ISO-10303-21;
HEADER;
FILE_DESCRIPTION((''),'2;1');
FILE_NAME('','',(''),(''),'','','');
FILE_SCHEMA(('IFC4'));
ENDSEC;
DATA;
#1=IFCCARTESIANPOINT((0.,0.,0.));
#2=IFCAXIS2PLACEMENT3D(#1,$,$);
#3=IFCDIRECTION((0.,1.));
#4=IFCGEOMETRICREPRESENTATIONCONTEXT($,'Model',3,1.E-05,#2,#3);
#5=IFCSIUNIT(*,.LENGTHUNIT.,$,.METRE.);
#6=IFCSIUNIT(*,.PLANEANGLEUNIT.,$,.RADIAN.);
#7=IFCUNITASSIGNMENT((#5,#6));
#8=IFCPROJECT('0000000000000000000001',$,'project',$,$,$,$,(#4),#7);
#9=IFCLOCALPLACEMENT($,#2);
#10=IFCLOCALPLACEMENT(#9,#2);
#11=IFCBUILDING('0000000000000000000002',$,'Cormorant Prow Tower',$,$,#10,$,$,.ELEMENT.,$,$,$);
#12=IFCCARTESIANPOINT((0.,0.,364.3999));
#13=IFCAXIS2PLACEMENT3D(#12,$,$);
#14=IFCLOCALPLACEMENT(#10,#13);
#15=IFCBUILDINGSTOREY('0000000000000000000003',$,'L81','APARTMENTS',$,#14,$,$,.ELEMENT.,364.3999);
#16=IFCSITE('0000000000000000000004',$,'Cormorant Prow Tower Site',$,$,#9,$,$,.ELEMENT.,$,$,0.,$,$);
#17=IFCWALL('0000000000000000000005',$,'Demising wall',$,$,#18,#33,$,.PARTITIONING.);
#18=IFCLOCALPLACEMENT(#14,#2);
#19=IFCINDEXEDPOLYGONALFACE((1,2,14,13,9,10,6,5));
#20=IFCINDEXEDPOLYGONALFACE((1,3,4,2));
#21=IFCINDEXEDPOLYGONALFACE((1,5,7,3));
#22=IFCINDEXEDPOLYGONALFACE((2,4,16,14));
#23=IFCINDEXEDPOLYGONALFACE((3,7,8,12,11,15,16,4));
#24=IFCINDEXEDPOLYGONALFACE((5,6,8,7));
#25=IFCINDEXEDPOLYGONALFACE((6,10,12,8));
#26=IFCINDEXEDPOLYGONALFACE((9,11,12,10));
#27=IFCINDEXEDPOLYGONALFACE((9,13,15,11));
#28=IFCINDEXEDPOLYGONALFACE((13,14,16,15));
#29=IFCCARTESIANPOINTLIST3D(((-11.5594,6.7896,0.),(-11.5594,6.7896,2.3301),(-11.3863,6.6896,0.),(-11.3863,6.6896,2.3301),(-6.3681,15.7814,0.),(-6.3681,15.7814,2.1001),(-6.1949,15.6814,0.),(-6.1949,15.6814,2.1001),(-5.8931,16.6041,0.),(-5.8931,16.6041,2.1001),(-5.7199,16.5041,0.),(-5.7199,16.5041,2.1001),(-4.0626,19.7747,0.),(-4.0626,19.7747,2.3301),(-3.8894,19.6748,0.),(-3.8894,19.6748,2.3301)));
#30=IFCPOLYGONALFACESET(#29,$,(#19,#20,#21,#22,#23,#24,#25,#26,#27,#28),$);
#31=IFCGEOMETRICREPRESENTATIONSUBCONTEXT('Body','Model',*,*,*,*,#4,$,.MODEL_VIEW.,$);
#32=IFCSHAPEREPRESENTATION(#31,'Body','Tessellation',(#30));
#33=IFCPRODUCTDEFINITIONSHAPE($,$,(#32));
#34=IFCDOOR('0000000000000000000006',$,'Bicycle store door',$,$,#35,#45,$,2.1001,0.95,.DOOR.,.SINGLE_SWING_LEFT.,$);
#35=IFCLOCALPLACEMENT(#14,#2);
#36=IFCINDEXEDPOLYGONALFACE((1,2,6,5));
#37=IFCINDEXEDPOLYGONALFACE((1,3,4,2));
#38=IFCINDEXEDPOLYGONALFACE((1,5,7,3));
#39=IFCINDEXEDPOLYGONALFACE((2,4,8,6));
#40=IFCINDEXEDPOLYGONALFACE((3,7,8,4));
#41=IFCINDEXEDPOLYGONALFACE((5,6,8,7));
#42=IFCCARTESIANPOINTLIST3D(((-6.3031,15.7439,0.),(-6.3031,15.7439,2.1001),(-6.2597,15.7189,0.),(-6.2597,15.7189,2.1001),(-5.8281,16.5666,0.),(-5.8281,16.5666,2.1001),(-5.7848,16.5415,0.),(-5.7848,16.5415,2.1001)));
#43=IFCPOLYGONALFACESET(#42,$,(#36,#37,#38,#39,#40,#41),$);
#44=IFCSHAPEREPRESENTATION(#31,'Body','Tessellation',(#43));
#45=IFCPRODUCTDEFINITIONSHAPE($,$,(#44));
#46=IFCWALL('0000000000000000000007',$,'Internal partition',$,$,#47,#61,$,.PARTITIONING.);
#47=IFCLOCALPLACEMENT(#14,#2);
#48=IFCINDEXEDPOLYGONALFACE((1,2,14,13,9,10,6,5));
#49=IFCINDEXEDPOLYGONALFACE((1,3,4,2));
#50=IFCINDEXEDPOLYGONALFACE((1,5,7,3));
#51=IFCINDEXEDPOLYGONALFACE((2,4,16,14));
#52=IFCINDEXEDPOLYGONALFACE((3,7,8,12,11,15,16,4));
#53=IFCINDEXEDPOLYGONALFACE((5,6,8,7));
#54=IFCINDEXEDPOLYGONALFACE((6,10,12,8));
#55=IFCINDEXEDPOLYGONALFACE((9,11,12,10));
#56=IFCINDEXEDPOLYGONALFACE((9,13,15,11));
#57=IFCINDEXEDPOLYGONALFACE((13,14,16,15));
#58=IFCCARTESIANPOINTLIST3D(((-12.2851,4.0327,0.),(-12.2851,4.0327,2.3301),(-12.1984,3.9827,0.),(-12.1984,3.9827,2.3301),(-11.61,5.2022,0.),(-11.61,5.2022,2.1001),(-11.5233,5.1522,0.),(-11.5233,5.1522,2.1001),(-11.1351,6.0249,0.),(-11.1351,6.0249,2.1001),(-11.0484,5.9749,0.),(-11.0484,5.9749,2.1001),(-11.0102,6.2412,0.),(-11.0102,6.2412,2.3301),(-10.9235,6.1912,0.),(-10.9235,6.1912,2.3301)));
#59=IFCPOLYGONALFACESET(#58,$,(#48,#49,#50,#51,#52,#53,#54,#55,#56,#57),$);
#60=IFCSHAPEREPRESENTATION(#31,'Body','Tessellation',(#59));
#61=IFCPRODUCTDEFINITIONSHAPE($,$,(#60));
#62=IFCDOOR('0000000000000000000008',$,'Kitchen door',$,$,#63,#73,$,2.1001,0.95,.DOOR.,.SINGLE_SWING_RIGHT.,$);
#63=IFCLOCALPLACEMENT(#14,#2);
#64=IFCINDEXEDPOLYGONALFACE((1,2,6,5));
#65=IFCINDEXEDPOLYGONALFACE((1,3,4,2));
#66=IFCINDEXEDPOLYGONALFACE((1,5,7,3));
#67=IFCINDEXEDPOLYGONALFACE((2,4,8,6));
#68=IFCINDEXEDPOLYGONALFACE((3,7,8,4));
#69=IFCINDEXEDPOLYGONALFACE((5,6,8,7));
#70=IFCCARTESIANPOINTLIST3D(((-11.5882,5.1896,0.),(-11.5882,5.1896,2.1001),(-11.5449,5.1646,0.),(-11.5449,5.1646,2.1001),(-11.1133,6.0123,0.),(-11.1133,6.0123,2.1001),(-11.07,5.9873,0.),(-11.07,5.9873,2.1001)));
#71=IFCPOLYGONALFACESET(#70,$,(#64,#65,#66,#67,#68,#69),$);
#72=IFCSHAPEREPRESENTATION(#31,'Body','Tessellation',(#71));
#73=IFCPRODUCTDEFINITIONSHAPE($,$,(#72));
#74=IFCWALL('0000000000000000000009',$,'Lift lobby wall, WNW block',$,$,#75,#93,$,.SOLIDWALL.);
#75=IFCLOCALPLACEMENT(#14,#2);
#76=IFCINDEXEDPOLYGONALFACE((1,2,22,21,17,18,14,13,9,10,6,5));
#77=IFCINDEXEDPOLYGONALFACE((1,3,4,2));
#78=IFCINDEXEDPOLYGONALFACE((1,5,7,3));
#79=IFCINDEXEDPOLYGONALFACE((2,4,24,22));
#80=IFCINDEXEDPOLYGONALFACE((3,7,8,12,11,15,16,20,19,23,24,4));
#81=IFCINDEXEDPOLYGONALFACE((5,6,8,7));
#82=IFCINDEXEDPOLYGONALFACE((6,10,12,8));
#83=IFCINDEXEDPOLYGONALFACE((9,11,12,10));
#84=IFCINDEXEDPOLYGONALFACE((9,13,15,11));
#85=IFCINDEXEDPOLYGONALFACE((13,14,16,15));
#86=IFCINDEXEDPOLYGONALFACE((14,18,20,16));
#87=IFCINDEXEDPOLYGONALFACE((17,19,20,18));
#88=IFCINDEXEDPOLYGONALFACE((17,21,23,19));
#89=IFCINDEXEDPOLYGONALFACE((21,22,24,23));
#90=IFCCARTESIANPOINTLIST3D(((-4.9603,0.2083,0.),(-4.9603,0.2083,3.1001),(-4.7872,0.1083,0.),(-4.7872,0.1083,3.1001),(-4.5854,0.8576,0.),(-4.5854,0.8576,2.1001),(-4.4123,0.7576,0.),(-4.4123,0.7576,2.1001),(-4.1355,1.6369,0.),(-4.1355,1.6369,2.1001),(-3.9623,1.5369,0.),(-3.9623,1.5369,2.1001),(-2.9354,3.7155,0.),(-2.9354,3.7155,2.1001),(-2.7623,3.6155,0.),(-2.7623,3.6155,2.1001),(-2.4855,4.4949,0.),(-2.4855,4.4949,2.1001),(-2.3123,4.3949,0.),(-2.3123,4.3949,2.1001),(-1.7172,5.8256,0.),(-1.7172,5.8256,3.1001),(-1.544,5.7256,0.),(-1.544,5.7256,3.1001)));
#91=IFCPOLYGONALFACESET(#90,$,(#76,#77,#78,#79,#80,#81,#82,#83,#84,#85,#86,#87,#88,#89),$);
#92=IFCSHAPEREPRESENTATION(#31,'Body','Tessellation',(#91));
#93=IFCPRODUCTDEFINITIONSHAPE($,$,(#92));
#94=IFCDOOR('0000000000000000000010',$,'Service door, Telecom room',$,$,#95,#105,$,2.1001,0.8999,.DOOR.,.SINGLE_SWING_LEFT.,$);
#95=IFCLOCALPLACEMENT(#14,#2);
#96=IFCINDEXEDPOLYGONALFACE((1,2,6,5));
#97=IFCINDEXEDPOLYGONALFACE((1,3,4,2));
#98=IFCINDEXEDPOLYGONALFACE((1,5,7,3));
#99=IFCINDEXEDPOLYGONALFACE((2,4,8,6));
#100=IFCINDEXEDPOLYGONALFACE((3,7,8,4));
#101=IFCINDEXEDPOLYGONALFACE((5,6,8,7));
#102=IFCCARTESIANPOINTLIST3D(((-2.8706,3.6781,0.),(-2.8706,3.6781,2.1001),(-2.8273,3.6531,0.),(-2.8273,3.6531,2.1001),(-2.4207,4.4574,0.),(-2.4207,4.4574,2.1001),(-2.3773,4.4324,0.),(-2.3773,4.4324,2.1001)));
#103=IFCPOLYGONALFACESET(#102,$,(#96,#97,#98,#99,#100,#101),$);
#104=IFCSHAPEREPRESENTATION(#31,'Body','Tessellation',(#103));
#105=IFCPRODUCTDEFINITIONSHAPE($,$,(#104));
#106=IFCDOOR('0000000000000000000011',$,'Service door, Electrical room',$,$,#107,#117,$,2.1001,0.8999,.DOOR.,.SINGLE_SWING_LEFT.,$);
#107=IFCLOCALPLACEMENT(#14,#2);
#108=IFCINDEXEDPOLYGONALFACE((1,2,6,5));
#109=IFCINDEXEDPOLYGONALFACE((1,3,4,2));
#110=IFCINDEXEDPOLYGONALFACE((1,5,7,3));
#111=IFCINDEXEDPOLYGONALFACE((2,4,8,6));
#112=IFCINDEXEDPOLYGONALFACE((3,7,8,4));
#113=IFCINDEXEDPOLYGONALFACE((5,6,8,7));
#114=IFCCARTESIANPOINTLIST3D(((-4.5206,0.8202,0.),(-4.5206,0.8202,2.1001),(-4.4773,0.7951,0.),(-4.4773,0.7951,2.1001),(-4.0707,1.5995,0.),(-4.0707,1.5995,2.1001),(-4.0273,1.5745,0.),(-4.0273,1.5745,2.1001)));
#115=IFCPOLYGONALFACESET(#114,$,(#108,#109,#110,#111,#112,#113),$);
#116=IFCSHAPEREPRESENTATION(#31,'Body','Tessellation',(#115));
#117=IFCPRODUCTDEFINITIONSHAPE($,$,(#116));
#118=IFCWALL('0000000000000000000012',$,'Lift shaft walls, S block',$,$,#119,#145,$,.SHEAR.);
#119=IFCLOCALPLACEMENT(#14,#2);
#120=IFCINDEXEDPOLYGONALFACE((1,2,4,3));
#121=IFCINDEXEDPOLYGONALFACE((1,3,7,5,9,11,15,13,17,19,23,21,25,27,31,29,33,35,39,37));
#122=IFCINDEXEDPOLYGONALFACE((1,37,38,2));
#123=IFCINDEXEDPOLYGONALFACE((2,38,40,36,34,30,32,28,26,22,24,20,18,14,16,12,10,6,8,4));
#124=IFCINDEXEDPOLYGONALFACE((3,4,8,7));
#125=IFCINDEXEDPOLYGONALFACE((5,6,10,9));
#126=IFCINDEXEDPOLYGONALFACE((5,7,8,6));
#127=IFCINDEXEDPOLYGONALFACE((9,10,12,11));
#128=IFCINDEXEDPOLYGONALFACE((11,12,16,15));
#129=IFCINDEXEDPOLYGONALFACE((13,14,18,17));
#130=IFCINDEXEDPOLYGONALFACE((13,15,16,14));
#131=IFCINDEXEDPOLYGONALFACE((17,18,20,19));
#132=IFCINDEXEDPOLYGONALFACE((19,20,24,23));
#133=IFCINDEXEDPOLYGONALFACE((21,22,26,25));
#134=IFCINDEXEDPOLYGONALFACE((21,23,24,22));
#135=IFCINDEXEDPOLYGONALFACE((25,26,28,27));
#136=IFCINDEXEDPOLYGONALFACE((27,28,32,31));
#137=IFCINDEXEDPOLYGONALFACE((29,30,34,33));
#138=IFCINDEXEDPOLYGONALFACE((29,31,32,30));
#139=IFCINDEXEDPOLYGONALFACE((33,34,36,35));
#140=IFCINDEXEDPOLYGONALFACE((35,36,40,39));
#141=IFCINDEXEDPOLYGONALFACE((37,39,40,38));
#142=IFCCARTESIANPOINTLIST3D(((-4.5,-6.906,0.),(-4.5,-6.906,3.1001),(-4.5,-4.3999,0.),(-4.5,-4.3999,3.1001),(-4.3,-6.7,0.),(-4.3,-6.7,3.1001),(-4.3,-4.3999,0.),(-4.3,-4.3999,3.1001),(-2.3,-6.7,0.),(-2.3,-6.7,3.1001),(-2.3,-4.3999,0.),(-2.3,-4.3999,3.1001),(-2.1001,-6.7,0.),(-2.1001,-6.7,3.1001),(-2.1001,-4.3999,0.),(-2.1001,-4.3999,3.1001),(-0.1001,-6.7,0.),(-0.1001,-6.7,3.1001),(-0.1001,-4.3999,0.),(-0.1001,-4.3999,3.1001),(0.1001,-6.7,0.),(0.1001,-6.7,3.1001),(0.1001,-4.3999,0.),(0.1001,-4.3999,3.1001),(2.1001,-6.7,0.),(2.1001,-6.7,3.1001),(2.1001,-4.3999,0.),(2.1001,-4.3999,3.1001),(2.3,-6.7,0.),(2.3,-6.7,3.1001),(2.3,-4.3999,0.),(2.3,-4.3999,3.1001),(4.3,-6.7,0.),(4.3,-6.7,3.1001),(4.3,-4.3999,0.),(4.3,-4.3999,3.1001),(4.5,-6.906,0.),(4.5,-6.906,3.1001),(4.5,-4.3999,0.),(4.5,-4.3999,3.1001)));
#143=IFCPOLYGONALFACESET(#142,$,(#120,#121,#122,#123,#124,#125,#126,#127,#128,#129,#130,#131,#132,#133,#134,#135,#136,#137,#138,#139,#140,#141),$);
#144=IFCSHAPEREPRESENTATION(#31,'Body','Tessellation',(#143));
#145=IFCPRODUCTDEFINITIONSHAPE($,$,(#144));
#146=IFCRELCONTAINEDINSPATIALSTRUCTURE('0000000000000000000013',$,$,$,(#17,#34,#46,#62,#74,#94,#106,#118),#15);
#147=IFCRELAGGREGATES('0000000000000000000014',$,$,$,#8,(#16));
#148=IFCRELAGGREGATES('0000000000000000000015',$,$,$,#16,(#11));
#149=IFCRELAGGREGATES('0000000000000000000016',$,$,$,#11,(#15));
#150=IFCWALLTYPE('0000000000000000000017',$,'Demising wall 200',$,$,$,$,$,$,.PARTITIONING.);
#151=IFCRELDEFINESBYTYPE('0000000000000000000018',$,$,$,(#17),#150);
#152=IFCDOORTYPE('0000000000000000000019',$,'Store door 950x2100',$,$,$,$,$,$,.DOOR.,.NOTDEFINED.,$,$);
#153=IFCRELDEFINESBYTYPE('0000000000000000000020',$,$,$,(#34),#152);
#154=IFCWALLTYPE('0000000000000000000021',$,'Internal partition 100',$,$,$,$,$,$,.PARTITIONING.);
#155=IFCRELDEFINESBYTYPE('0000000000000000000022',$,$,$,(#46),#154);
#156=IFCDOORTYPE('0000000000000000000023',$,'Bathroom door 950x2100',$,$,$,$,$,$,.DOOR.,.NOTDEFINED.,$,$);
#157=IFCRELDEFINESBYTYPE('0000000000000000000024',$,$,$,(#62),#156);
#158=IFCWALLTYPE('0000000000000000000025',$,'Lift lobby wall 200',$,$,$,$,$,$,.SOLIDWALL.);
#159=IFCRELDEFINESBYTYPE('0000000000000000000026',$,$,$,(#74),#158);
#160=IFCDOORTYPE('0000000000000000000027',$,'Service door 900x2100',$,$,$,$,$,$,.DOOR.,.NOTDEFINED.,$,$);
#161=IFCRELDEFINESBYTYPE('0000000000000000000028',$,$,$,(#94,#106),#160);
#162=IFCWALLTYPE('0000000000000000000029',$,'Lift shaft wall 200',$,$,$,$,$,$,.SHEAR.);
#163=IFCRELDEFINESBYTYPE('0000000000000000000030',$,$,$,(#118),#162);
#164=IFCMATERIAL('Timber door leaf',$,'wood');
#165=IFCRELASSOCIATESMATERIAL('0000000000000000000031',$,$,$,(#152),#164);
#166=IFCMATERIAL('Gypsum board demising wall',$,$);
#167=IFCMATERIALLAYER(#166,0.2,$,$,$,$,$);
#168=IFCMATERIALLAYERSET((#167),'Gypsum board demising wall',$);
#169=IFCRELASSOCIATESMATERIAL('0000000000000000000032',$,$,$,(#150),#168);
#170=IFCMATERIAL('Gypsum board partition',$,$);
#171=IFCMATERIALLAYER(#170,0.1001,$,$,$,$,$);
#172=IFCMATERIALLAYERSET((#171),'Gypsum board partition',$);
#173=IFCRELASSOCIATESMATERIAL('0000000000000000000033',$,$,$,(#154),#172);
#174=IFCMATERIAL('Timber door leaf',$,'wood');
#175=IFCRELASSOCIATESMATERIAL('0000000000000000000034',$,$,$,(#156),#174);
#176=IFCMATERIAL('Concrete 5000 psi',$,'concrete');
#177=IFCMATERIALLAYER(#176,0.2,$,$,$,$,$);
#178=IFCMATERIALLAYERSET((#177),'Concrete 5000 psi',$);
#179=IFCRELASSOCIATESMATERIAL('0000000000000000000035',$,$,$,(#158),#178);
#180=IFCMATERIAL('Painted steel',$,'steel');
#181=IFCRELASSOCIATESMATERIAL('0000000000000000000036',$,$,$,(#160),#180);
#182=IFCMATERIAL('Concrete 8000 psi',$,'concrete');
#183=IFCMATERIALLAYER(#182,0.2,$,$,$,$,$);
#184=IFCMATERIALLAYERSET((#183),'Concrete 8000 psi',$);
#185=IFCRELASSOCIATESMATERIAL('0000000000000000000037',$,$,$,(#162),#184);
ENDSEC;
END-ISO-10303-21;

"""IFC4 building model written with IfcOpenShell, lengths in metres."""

from ifc_helpers import new_model, si_unit, direction, frame, frame_2d, origin, place, context, subcontext, project, spatial, polyline, rectangle, outline, extrude, material, layer, layer_set, type_object, element, fill, save


model = new_model("IFC4")

# Units and contexts
model_context = context("Model", 3, precision=1e-05, world=origin(), true_north=direction((0.0, 1.0)))
body_context = subcontext(model_context, "Body", "Model", "MODEL_VIEW")
ifc_project = project(units=[si_unit("LENGTHUNIT", "METRE"), si_unit("PLANEANGLEUNIT", "RADIAN")], contexts=[model_context])

# Site, building, storey
site_placement = place(None, origin())
site = spatial("IfcSite", under=ifc_project, at=site_placement, Name="Cormorant Prow Tower Site", CompositionType="ELEMENT", RefElevation=0.0)
building_placement = place(site_placement, origin())
building = spatial("IfcBuilding", under=site, at=building_placement, Name="Cormorant Prow Tower", CompositionType="ELEMENT")
storey_placement = place(building_placement, frame((0.0, 0.0, 364.3999)))
storey = spatial("IfcBuildingStorey", under=building, at=storey_placement, Name="L81", Description="APARTMENTS", CompositionType="ELEMENT", Elevation=364.3999)

# Walls, openings, doors
ifc_material_1 = material(Name="Timber door leaf", Category="wood")
door_type_1 = type_object("IfcDoorType", Name="Store door 950x2100", OperationType="NOTDEFINED", PredefinedType="DOOR", material=ifc_material_1)
ifc_material_2 = material(Name="Gypsum board demising wall")
ifc_layer_1 = layer(ifc_material_2, 0.2)
ifc_layer_set_1 = layer_set([ifc_layer_1], Name="Gypsum board demising wall")
wall_type_1 = type_object("IfcWallType", Name="Demising wall 200", PredefinedType="PARTITIONING", material=ifc_layer_set_1)
wall_1_placement = place(storey_placement, frame((-11.4729, 6.7395, 0.0), z_axis=(0.0, 0.0, 1.0), x_axis=(0.499994, 0.866029, 0.0)))
wall_1 = element("IfcWall", 1, at=wall_1_placement, inside=storey, type_object=wall_type_1, Name="Demising wall", PredefinedType="PARTITIONING", context=body_context, shape_type="SweptSolid", body=[
    extrude(rectangle(XDim=14.9939, YDim=0.2, at=frame_2d((7.4971, 0.0))), origin(), (0.0, 0.0, 1.0), 2.3301),
])
opening_1_placement = place(wall_1_placement, frame((10.3828, 0.0, 0.0)))
opening_1 = element("IfcOpeningElement", 2, at=opening_1_placement, cuts=wall_1, PredefinedType="OPENING", context=body_context, shape_type="SweptSolid", body=[
    extrude(rectangle(XDim=0.95, YDim=2.1001, at=frame_2d((0.4751, 1.05))), frame((0.0, 0.1099, 0.0), z_axis=(0.0, -1.0, 0.0), x_axis=(1.0, 0.0, 0.0)), (0.0, 0.0, 1.0), 0.22),
])
door_1_placement = place(opening_1_placement, origin())
door_1 = element("IfcDoor", 3, at=door_1_placement, inside=storey, type_object=door_type_1, Name="Bicycle store door", OperationType="SINGLE_SWING_LEFT", OverallHeight=2.1001, OverallWidth=0.95, PredefinedType="DOOR", context=body_context, shape_type="SweptSolid", body=[
    extrude(rectangle(XDim=0.95, YDim=2.1001, at=frame_2d((0.4751, 1.05))), frame((0.0, 0.0249, 0.0), z_axis=(0.0, -1.0, 0.0), x_axis=(1.0, 0.0, 0.0)), (0.0, 0.0, 1.0), 0.05),
])
fill(opening_1, door_1)
ifc_material_3 = material(Name="Gypsum board partition")
ifc_layer_2 = layer(ifc_material_3, 0.1001)
ifc_layer_set_2 = layer_set([ifc_layer_2], Name="Gypsum board partition")
wall_type_2 = type_object("IfcWallType", Name="Internal partition 100", PredefinedType="PARTITIONING", material=ifc_layer_set_2)
wall_2_placement = place(storey_placement, frame((-12.2417, 4.0078, 0.0), z_axis=(0.0, 0.0, 1.0), x_axis=(0.499949, 0.866055, 0.0)))
wall_2 = element("IfcWall", 4, at=wall_2_placement, inside=storey, type_object=wall_type_2, Name="Internal partition", PredefinedType="PARTITIONING", context=body_context, shape_type="SweptSolid", body=[
    extrude(rectangle(XDim=2.55, YDim=0.1001, at=frame_2d((1.2749, 0.0))), origin(), (0.0, 0.0, 1.0), 2.3301),
])
opening_2_placement = place(wall_2_placement, frame((1.3501, 0.0, 0.0)))
opening_2 = element("IfcOpeningElement", 5, at=opening_2_placement, cuts=wall_2, PredefinedType="OPENING", context=body_context, shape_type="SweptSolid", body=[
    extrude(rectangle(XDim=0.95, YDim=2.1001, at=frame_2d((0.4751, 1.05))), frame((0.0, 0.0601, 0.0), z_axis=(0.0, -1.0, 0.0), x_axis=(1.0, 0.0, 0.0)), (0.0, 0.0, 1.0), 0.1201),
])
ifc_material_4 = material(Name="Timber door leaf", Category="wood")
door_type_2 = type_object("IfcDoorType", Name="Bathroom door 950x2100", OperationType="NOTDEFINED", PredefinedType="DOOR", material=ifc_material_4)
door_2_placement = place(opening_2_placement, origin())
door_2 = element("IfcDoor", 6, at=door_2_placement, inside=storey, type_object=door_type_2, Name="Kitchen door", OperationType="SINGLE_SWING_RIGHT", OverallHeight=2.1001, OverallWidth=0.95, PredefinedType="DOOR", context=body_context, shape_type="SweptSolid", body=[
    extrude(rectangle(XDim=0.95, YDim=2.1001, at=frame_2d((0.4751, 1.05))), frame((0.0, 0.0249, 0.0), z_axis=(0.0, -1.0, 0.0), x_axis=(1.0, 0.0, 0.0)), (0.0, 0.0, 1.0), 0.05),
])
fill(opening_2, door_2)

# Wall, openings, doors
ifc_material_5 = material(Name="Concrete 5000 psi", Category="concrete")
ifc_layer_3 = layer(ifc_material_5, 0.2)
ifc_layer_set_3 = layer_set([ifc_layer_3], Name="Concrete 5000 psi")
wall_type_3 = type_object("IfcWallType", Name="Lift lobby wall 200", PredefinedType="SOLIDWALL", material=ifc_layer_set_3)
wall_3_placement = place(storey_placement, frame((-1.6306, 5.7756, 0.0), z_axis=(0.0, 0.0, 1.0), x_axis=(-0.499993, -0.86603, 0.0)))
wall_3 = element("IfcWall", 7, at=wall_3_placement, inside=storey, type_object=wall_type_3, Name="Lift lobby wall, WNW block", PredefinedType="SOLIDWALL", context=body_context, shape_type="SweptSolid", body=[
    extrude(rectangle(XDim=6.4863, YDim=0.2, at=frame_2d((3.2432, 0.0))), origin(), (0.0, 0.0, 1.0), 3.1001),
])
opening_3_placement = place(wall_3_placement, frame((1.5366, 0.0, 0.0)))
opening_3 = element("IfcOpeningElement", 8, at=opening_3_placement, cuts=wall_3, PredefinedType="OPENING", context=body_context, shape_type="SweptSolid", body=[
    extrude(rectangle(XDim=0.8999, YDim=2.1001, at=frame_2d((0.45, 1.05))), frame((0.0, 0.1099, 0.0), z_axis=(0.0, -1.0, 0.0), x_axis=(1.0, 0.0, 0.0)), (0.0, 0.0, 1.0), 0.22),
])
opening_4_placement = place(wall_3_placement, frame((4.8367, 0.0, 0.0)))
opening_4 = element("IfcOpeningElement", 9, at=opening_4_placement, cuts=wall_3, PredefinedType="OPENING", context=body_context, shape_type="SweptSolid", body=[
    extrude(rectangle(XDim=0.8999, YDim=2.1001, at=frame_2d((0.45, 1.05))), frame((0.0, 0.1099, 0.0), z_axis=(0.0, -1.0, 0.0), x_axis=(1.0, 0.0, 0.0)), (0.0, 0.0, 1.0), 0.22),
])
ifc_material_6 = material(Name="Painted steel", Category="steel")
door_type_3 = type_object("IfcDoorType", Name="Service door 900x2100", OperationType="NOTDEFINED", PredefinedType="DOOR", material=ifc_material_6)
door_3_placement = place(opening_3_placement, origin())
door_3 = element("IfcDoor", 10, at=door_3_placement, inside=storey, type_object=door_type_3, Name="Service door, Telecom room", OperationType="SINGLE_SWING_LEFT", OverallHeight=2.1001, OverallWidth=0.8999, PredefinedType="DOOR", context=body_context, shape_type="SweptSolid", body=[
    extrude(rectangle(XDim=0.8999, YDim=2.1001, at=frame_2d((0.45, 1.05))), frame((0.0, 0.0249, 0.0), z_axis=(0.0, -1.0, 0.0), x_axis=(1.0, 0.0, 0.0)), (0.0, 0.0, 1.0), 0.05),
])
fill(opening_3, door_3)
door_4_placement = place(opening_4_placement, origin())
door_4 = element("IfcDoor", 11, at=door_4_placement, inside=storey, type_object=door_type_3, Name="Service door, Electrical room", OperationType="SINGLE_SWING_LEFT", OverallHeight=2.1001, OverallWidth=0.8999, PredefinedType="DOOR", context=body_context, shape_type="SweptSolid", body=[
    extrude(rectangle(XDim=0.8999, YDim=2.1001, at=frame_2d((0.45, 1.05))), frame((0.0, 0.0249, 0.0), z_axis=(0.0, -1.0, 0.0), x_axis=(1.0, 0.0, 0.0)), (0.0, 0.0, 1.0), 0.05),
])
fill(opening_4, door_4)

# Wall
ifc_material_7 = material(Name="Concrete 8000 psi", Category="concrete")
ifc_layer_4 = layer(ifc_material_7, 0.2)
ifc_layer_set_4 = layer_set([ifc_layer_4], Name="Concrete 8000 psi")
wall_type_4 = type_object("IfcWallType", Name="Lift shaft wall 200", PredefinedType="SHEAR", material=ifc_layer_set_4)
wall_4_placement = place(storey_placement, origin())
element("IfcWall", 12, at=wall_4_placement, inside=storey, type_object=wall_type_4, Name="Lift shaft walls, S block", PredefinedType="SHEAR", context=body_context, shape_type="SweptSolid", body=[
    extrude(outline(polyline([(4.5, -4.3999), (4.5, -6.906), (-4.5, -6.906), (-4.5, -4.3999), (-4.3, -4.3999), (-4.3, -6.7), (-2.3, -6.7), (-2.3, -4.3999), (-2.1001, -4.3999), (-2.1001, -6.7), (-0.1001, -6.7), (-0.1001, -4.3999), (0.1001, -4.3999), (0.1001, -6.7), (2.1001, -6.7), (2.1001, -4.3999), (2.3, -4.3999), (2.3, -6.7), (4.3, -6.7), (4.3, -4.3999), (4.5, -4.3999)])), origin(), (0.0, 0.0, 1.0), 3.1001),
])

save(model, "model.ifc")
